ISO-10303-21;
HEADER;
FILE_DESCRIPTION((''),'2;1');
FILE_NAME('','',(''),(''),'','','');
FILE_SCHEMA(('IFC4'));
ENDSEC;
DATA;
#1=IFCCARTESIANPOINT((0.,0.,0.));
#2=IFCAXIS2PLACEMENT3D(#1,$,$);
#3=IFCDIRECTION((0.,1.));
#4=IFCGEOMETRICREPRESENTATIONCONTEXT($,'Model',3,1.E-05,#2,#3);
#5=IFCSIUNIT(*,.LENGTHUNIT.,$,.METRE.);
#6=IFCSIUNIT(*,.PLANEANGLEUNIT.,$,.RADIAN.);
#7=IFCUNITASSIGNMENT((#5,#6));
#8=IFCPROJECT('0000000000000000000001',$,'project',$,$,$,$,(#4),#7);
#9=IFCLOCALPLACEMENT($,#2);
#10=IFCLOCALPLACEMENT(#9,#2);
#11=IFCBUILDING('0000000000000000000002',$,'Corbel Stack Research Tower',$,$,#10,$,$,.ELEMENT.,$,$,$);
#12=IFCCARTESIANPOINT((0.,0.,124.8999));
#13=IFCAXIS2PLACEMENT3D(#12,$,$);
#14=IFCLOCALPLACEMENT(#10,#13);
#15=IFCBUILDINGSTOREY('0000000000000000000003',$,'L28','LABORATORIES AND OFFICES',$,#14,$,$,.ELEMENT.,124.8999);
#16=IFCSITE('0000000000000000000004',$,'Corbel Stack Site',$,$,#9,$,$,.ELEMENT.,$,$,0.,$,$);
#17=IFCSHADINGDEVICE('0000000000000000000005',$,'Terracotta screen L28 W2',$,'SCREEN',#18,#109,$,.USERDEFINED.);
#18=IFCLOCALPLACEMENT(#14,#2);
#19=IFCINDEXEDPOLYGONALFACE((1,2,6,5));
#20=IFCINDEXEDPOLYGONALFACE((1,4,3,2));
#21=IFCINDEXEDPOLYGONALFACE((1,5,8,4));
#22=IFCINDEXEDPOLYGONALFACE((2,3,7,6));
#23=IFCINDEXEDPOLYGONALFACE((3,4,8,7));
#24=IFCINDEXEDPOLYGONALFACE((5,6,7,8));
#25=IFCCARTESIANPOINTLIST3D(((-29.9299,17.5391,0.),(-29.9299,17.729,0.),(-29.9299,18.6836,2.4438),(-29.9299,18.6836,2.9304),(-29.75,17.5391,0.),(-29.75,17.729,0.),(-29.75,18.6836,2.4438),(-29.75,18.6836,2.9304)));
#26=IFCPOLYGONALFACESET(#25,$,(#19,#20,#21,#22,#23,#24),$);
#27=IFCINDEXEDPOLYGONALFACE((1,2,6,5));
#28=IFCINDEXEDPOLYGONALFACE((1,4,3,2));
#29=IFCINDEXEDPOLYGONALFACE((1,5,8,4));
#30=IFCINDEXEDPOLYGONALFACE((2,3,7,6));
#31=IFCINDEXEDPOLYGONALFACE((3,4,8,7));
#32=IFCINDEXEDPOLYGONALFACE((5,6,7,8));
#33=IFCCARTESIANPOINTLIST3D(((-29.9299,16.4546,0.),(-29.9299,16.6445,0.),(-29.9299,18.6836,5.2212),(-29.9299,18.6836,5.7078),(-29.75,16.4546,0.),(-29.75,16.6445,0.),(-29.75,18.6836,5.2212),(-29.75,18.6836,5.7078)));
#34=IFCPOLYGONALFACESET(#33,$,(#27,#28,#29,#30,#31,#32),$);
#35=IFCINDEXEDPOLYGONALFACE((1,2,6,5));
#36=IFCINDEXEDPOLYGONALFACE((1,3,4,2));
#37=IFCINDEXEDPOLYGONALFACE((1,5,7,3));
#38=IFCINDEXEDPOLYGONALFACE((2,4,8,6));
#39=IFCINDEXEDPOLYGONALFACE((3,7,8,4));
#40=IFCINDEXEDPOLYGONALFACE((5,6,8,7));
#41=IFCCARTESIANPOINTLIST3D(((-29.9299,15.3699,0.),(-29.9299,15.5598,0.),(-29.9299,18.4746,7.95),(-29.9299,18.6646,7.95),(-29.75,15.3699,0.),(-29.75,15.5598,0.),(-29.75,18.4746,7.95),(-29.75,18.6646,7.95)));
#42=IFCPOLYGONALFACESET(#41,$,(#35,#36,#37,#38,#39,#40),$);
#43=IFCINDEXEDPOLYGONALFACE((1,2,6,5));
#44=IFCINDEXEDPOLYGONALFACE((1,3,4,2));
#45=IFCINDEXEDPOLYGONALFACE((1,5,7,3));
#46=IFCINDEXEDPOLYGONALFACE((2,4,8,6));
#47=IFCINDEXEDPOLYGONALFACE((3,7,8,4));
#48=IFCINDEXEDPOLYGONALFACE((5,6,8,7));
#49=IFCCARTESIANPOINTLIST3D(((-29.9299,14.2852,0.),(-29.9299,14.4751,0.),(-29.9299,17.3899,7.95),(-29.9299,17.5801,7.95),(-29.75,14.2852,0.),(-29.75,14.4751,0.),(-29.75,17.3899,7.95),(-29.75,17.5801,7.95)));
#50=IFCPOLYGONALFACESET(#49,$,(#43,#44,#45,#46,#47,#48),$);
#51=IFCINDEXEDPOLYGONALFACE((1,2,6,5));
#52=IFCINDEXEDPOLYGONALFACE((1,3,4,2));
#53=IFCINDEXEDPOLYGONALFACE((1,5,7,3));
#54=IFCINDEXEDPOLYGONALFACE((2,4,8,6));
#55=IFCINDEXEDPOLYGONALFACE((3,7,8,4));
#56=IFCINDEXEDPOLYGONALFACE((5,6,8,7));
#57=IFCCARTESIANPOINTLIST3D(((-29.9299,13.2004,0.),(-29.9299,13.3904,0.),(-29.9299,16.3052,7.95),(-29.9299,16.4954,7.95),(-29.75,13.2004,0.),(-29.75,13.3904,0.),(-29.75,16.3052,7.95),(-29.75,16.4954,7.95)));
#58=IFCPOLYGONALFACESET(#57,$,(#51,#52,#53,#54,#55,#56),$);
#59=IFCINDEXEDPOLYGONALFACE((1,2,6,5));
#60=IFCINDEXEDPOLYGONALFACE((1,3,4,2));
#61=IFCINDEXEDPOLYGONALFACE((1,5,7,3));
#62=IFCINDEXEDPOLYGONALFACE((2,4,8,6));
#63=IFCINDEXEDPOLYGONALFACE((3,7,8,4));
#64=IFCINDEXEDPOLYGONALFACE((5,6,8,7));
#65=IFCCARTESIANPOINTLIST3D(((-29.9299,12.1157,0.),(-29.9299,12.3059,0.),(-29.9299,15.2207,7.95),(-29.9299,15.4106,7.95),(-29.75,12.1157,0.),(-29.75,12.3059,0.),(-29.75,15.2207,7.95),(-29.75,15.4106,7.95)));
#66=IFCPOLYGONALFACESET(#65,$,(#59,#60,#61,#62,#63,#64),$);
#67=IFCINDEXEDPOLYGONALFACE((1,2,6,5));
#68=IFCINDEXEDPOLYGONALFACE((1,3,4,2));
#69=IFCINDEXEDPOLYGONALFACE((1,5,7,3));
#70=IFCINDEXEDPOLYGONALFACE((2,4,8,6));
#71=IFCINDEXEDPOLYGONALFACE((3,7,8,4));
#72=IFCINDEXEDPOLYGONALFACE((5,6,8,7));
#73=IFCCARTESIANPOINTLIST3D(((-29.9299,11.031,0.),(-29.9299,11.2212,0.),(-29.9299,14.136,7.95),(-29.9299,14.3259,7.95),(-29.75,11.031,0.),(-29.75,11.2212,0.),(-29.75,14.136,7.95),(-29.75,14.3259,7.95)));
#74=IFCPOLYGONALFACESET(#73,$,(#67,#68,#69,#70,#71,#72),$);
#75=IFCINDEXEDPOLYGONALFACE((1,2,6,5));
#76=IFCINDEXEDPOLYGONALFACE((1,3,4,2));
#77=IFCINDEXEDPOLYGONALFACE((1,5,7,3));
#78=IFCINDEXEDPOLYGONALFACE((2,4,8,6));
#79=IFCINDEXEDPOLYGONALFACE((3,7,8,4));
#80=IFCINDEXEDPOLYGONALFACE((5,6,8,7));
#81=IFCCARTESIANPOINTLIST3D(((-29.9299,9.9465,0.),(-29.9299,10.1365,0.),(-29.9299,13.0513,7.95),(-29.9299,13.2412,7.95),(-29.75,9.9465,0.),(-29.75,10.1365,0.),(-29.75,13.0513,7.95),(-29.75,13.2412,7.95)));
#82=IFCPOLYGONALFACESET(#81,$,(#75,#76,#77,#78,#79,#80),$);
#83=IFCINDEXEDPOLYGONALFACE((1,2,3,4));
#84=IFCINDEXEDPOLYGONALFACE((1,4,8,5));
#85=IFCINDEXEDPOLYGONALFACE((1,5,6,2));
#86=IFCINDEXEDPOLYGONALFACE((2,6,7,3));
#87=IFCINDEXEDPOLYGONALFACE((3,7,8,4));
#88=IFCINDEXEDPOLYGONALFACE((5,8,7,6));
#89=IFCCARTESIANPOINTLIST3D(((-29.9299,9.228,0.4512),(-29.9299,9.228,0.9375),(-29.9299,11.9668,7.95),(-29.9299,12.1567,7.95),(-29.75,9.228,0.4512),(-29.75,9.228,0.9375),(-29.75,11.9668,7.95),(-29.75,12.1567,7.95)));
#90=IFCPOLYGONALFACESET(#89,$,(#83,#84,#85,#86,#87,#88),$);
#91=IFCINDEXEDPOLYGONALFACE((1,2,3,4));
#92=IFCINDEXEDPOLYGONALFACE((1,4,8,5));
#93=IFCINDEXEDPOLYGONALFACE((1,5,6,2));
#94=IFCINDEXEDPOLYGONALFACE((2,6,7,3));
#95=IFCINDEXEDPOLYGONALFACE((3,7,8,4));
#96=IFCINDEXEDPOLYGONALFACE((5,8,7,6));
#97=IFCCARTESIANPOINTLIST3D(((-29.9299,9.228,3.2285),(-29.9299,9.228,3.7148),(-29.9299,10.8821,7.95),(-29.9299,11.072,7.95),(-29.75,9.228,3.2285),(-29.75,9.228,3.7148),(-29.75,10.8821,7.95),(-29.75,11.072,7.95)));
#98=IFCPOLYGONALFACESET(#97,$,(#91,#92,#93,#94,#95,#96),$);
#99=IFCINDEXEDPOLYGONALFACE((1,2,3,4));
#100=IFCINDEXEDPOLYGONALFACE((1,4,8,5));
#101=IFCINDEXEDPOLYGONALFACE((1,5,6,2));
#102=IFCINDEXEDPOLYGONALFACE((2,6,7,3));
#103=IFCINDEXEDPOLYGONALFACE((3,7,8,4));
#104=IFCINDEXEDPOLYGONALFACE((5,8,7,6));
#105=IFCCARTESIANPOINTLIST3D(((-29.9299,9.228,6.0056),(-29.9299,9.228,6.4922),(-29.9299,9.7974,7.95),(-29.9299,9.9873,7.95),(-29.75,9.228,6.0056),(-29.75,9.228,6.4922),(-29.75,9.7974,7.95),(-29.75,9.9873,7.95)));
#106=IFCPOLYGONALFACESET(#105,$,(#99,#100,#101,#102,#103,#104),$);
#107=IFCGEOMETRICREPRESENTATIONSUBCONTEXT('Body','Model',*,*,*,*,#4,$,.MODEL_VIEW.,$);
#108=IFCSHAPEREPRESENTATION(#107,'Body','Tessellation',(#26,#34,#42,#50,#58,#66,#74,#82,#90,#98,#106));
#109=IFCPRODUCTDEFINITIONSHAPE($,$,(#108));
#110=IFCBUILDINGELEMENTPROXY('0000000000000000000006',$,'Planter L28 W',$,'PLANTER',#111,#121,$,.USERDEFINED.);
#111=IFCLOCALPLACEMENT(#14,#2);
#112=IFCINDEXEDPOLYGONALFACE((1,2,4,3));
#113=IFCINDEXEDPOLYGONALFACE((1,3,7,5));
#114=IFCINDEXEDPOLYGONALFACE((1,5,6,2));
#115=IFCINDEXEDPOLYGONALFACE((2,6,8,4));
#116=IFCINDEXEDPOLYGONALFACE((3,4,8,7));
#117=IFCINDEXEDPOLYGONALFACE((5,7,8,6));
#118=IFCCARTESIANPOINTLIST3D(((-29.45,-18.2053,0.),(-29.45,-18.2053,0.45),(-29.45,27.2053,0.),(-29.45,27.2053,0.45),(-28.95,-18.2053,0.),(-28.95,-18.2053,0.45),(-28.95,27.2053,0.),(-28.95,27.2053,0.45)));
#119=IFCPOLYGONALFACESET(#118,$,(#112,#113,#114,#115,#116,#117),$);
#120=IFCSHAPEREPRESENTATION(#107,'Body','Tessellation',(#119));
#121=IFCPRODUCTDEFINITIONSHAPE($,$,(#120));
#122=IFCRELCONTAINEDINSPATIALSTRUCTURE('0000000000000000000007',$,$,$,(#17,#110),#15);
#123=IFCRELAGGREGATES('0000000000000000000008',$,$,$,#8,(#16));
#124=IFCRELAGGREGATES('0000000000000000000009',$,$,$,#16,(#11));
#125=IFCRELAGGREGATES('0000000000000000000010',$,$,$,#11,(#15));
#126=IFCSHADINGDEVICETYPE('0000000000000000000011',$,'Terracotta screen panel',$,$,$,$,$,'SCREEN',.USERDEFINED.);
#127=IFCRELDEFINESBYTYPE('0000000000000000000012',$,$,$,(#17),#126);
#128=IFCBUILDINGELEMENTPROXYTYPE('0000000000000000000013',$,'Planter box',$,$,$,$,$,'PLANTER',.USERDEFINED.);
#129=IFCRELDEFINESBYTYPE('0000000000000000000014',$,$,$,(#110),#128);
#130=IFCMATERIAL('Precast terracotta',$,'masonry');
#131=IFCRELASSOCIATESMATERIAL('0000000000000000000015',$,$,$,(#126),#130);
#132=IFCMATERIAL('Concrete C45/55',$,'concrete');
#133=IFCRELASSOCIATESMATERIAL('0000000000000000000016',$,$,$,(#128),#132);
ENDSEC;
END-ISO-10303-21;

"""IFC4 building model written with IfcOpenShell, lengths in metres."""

from ifc_helpers import new_model, si_unit, direction, frame, origin, origin_2d, place, context, subcontext, project, spatial, polyline, rectangle, outline, extrude, source, transform, mapped, material, type_object, element, save


model = new_model("IFC4")

# Units and contexts
model_context = context("Model", 3, precision=1e-05, world=origin(), true_north=direction((0.0, 1.0)))
body_context = subcontext(model_context, "Body", "Model", "MODEL_VIEW")
ifc_project = project(units=[si_unit("LENGTHUNIT", "METRE"), si_unit("PLANEANGLEUNIT", "RADIAN")], contexts=[model_context])

# Site, building, storey
site_placement = place(None, origin())
site = spatial("IfcSite", under=ifc_project, at=site_placement, Name="Corbel Stack Site", CompositionType="ELEMENT", RefElevation=0.0)
building_placement = place(site_placement, origin())
building = spatial("IfcBuilding", under=site, at=building_placement, Name="Corbel Stack Research Tower", CompositionType="ELEMENT")
storey_placement = place(building_placement, frame((0.0, 0.0, 124.8999)))
storey = spatial("IfcBuildingStorey", under=building, at=storey_placement, Name="L28", Description="LABORATORIES AND OFFICES", CompositionType="ELEMENT", Elevation=124.8999)

# Shading device
ifc_material_1 = material(Name="Precast terracotta", Category="masonry")
shading_device_type = type_object("IfcShadingDeviceType", Name="Terracotta screen panel", ElementType="SCREEN", PredefinedType="USERDEFINED", material=ifc_material_1)
shared_shape_1 = source(origin(), body_context, "Body", "SweptSolid", [
    extrude(outline(polyline([(1.1445, 0.0), (0.0, 2.9304), (0.0, 2.4438), (0.9546, 0.0), (1.1445, 0.0)])), frame((0.0, 0.0, 0.0), z_axis=(0.0, -1.0, 0.0), x_axis=(1.0, 0.0, 0.0)), (0.0, 0.0, 1.0), 0.1799),
    extrude(outline(polyline([(2.229, 0.0), (0.0, 5.7078), (0.0, 5.2212), (2.0391, 0.0), (2.229, 0.0)])), frame((0.0, 0.0, 0.0), z_axis=(0.0, -1.0, 0.0), x_axis=(1.0, 0.0, 0.0)), (0.0, 0.0, 1.0), 0.1799),
    extrude(outline(polyline([(3.3137, 0.0), (0.209, 7.95), (0.019, 7.95), (3.1238, 0.0), (3.3137, 0.0)])), frame((0.0, 0.0, 0.0), z_axis=(0.0, -1.0, 0.0), x_axis=(1.0, 0.0, 0.0)), (0.0, 0.0, 1.0), 0.1799),
    extrude(outline(polyline([(4.3984, 0.0), (1.2937, 7.95), (1.1035, 7.95), (4.2085, 0.0), (4.3984, 0.0)])), frame((0.0, 0.0, 0.0), z_axis=(0.0, -1.0, 0.0), x_axis=(1.0, 0.0, 0.0)), (0.0, 0.0, 1.0), 0.1799),
    extrude(outline(polyline([(5.4832, 0.0), (2.3784, 7.95), (2.1882, 7.95), (5.2932, 0.0), (5.4832, 0.0)])), frame((0.0, 0.0, 0.0), z_axis=(0.0, -1.0, 0.0), x_axis=(1.0, 0.0, 0.0)), (0.0, 0.0, 1.0), 0.1799),
    extrude(outline(polyline([(6.5679, 0.0), (3.4629, 7.95), (3.2729, 7.95), (6.3777, 0.0), (6.5679, 0.0)])), frame((0.0, 0.0, 0.0), z_axis=(0.0, -1.0, 0.0), x_axis=(1.0, 0.0, 0.0)), (0.0, 0.0, 1.0), 0.1799),
    extrude(outline(polyline([(7.6526, 0.0), (4.5476, 7.95), (4.3577, 7.95), (7.4624, 0.0), (7.6526, 0.0)])), frame((0.0, 0.0, 0.0), z_axis=(0.0, -1.0, 0.0), x_axis=(1.0, 0.0, 0.0)), (0.0, 0.0, 1.0), 0.1799),
    extrude(outline(polyline([(8.7371, 0.0), (5.6323, 7.95), (5.4424, 7.95), (8.5471, 0.0), (8.7371, 0.0)])), frame((0.0, 0.0, 0.0), z_axis=(0.0, -1.0, 0.0), x_axis=(1.0, 0.0, 0.0)), (0.0, 0.0, 1.0), 0.1799),
    extrude(outline(polyline([(6.7168, 7.95), (6.5269, 7.95), (9.4556, 0.4512), (9.4556, 0.9375), (6.7168, 7.95)])), frame((0.0, 0.0, 0.0), z_axis=(0.0, -1.0, 0.0), x_axis=(1.0, 0.0, 0.0)), (0.0, 0.0, 1.0), 0.1799),
    extrude(outline(polyline([(7.8015, 7.95), (7.6116, 7.95), (9.4556, 3.2285), (9.4556, 3.7148), (7.8015, 7.95)])), frame((0.0, 0.0, 0.0), z_axis=(0.0, -1.0, 0.0), x_axis=(1.0, 0.0, 0.0)), (0.0, 0.0, 1.0), 0.1799),
    extrude(outline(polyline([(8.8862, 7.95), (8.6963, 7.95), (9.4556, 6.0056), (9.4556, 6.4922), (8.8862, 7.95)])), frame((0.0, 0.0, 0.0), z_axis=(0.0, -1.0, 0.0), x_axis=(1.0, 0.0, 0.0)), (0.0, 0.0, 1.0), 0.1799),
])
shading_device_1_placement = place(storey_placement, frame((-29.75, 18.6836, 0.0), z_axis=(0.0, 0.0, 1.0), x_axis=(0.0, -1.0, 0.0)))
element("IfcShadingDevice", 1, at=shading_device_1_placement, inside=storey, type_object=shading_device_type, Name="Terracotta screen L28 W2", ObjectType="SCREEN", PredefinedType="USERDEFINED", context=body_context, shape_type="MappedRepresentation", body=[
    mapped(shared_shape_1, transform((0.0, 0.0, 0.0))),
])

# Building element proxy
ifc_material_2 = material(Name="Concrete C45/55", Category="concrete")
building_element_proxy_type = type_object("IfcBuildingElementProxyType", Name="Planter box", ElementType="PLANTER", PredefinedType="USERDEFINED", material=ifc_material_2)
proxy_placement = place(storey_placement, frame((-29.2, 4.5, 0.0), z_axis=(0.0, 0.0, 1.0), x_axis=(0.0, -1.0, 0.0)))
element("IfcBuildingElementProxy", 2, at=proxy_placement, inside=storey, type_object=building_element_proxy_type, Name="Planter L28 W", ObjectType="PLANTER", PredefinedType="USERDEFINED", context=body_context, shape_type="SweptSolid", body=[
    extrude(rectangle(XDim=45.4106, YDim=0.5, at=origin_2d()), origin(), (0.0, 0.0, 1.0), 0.45),
])

save(model, "model.ifc")
